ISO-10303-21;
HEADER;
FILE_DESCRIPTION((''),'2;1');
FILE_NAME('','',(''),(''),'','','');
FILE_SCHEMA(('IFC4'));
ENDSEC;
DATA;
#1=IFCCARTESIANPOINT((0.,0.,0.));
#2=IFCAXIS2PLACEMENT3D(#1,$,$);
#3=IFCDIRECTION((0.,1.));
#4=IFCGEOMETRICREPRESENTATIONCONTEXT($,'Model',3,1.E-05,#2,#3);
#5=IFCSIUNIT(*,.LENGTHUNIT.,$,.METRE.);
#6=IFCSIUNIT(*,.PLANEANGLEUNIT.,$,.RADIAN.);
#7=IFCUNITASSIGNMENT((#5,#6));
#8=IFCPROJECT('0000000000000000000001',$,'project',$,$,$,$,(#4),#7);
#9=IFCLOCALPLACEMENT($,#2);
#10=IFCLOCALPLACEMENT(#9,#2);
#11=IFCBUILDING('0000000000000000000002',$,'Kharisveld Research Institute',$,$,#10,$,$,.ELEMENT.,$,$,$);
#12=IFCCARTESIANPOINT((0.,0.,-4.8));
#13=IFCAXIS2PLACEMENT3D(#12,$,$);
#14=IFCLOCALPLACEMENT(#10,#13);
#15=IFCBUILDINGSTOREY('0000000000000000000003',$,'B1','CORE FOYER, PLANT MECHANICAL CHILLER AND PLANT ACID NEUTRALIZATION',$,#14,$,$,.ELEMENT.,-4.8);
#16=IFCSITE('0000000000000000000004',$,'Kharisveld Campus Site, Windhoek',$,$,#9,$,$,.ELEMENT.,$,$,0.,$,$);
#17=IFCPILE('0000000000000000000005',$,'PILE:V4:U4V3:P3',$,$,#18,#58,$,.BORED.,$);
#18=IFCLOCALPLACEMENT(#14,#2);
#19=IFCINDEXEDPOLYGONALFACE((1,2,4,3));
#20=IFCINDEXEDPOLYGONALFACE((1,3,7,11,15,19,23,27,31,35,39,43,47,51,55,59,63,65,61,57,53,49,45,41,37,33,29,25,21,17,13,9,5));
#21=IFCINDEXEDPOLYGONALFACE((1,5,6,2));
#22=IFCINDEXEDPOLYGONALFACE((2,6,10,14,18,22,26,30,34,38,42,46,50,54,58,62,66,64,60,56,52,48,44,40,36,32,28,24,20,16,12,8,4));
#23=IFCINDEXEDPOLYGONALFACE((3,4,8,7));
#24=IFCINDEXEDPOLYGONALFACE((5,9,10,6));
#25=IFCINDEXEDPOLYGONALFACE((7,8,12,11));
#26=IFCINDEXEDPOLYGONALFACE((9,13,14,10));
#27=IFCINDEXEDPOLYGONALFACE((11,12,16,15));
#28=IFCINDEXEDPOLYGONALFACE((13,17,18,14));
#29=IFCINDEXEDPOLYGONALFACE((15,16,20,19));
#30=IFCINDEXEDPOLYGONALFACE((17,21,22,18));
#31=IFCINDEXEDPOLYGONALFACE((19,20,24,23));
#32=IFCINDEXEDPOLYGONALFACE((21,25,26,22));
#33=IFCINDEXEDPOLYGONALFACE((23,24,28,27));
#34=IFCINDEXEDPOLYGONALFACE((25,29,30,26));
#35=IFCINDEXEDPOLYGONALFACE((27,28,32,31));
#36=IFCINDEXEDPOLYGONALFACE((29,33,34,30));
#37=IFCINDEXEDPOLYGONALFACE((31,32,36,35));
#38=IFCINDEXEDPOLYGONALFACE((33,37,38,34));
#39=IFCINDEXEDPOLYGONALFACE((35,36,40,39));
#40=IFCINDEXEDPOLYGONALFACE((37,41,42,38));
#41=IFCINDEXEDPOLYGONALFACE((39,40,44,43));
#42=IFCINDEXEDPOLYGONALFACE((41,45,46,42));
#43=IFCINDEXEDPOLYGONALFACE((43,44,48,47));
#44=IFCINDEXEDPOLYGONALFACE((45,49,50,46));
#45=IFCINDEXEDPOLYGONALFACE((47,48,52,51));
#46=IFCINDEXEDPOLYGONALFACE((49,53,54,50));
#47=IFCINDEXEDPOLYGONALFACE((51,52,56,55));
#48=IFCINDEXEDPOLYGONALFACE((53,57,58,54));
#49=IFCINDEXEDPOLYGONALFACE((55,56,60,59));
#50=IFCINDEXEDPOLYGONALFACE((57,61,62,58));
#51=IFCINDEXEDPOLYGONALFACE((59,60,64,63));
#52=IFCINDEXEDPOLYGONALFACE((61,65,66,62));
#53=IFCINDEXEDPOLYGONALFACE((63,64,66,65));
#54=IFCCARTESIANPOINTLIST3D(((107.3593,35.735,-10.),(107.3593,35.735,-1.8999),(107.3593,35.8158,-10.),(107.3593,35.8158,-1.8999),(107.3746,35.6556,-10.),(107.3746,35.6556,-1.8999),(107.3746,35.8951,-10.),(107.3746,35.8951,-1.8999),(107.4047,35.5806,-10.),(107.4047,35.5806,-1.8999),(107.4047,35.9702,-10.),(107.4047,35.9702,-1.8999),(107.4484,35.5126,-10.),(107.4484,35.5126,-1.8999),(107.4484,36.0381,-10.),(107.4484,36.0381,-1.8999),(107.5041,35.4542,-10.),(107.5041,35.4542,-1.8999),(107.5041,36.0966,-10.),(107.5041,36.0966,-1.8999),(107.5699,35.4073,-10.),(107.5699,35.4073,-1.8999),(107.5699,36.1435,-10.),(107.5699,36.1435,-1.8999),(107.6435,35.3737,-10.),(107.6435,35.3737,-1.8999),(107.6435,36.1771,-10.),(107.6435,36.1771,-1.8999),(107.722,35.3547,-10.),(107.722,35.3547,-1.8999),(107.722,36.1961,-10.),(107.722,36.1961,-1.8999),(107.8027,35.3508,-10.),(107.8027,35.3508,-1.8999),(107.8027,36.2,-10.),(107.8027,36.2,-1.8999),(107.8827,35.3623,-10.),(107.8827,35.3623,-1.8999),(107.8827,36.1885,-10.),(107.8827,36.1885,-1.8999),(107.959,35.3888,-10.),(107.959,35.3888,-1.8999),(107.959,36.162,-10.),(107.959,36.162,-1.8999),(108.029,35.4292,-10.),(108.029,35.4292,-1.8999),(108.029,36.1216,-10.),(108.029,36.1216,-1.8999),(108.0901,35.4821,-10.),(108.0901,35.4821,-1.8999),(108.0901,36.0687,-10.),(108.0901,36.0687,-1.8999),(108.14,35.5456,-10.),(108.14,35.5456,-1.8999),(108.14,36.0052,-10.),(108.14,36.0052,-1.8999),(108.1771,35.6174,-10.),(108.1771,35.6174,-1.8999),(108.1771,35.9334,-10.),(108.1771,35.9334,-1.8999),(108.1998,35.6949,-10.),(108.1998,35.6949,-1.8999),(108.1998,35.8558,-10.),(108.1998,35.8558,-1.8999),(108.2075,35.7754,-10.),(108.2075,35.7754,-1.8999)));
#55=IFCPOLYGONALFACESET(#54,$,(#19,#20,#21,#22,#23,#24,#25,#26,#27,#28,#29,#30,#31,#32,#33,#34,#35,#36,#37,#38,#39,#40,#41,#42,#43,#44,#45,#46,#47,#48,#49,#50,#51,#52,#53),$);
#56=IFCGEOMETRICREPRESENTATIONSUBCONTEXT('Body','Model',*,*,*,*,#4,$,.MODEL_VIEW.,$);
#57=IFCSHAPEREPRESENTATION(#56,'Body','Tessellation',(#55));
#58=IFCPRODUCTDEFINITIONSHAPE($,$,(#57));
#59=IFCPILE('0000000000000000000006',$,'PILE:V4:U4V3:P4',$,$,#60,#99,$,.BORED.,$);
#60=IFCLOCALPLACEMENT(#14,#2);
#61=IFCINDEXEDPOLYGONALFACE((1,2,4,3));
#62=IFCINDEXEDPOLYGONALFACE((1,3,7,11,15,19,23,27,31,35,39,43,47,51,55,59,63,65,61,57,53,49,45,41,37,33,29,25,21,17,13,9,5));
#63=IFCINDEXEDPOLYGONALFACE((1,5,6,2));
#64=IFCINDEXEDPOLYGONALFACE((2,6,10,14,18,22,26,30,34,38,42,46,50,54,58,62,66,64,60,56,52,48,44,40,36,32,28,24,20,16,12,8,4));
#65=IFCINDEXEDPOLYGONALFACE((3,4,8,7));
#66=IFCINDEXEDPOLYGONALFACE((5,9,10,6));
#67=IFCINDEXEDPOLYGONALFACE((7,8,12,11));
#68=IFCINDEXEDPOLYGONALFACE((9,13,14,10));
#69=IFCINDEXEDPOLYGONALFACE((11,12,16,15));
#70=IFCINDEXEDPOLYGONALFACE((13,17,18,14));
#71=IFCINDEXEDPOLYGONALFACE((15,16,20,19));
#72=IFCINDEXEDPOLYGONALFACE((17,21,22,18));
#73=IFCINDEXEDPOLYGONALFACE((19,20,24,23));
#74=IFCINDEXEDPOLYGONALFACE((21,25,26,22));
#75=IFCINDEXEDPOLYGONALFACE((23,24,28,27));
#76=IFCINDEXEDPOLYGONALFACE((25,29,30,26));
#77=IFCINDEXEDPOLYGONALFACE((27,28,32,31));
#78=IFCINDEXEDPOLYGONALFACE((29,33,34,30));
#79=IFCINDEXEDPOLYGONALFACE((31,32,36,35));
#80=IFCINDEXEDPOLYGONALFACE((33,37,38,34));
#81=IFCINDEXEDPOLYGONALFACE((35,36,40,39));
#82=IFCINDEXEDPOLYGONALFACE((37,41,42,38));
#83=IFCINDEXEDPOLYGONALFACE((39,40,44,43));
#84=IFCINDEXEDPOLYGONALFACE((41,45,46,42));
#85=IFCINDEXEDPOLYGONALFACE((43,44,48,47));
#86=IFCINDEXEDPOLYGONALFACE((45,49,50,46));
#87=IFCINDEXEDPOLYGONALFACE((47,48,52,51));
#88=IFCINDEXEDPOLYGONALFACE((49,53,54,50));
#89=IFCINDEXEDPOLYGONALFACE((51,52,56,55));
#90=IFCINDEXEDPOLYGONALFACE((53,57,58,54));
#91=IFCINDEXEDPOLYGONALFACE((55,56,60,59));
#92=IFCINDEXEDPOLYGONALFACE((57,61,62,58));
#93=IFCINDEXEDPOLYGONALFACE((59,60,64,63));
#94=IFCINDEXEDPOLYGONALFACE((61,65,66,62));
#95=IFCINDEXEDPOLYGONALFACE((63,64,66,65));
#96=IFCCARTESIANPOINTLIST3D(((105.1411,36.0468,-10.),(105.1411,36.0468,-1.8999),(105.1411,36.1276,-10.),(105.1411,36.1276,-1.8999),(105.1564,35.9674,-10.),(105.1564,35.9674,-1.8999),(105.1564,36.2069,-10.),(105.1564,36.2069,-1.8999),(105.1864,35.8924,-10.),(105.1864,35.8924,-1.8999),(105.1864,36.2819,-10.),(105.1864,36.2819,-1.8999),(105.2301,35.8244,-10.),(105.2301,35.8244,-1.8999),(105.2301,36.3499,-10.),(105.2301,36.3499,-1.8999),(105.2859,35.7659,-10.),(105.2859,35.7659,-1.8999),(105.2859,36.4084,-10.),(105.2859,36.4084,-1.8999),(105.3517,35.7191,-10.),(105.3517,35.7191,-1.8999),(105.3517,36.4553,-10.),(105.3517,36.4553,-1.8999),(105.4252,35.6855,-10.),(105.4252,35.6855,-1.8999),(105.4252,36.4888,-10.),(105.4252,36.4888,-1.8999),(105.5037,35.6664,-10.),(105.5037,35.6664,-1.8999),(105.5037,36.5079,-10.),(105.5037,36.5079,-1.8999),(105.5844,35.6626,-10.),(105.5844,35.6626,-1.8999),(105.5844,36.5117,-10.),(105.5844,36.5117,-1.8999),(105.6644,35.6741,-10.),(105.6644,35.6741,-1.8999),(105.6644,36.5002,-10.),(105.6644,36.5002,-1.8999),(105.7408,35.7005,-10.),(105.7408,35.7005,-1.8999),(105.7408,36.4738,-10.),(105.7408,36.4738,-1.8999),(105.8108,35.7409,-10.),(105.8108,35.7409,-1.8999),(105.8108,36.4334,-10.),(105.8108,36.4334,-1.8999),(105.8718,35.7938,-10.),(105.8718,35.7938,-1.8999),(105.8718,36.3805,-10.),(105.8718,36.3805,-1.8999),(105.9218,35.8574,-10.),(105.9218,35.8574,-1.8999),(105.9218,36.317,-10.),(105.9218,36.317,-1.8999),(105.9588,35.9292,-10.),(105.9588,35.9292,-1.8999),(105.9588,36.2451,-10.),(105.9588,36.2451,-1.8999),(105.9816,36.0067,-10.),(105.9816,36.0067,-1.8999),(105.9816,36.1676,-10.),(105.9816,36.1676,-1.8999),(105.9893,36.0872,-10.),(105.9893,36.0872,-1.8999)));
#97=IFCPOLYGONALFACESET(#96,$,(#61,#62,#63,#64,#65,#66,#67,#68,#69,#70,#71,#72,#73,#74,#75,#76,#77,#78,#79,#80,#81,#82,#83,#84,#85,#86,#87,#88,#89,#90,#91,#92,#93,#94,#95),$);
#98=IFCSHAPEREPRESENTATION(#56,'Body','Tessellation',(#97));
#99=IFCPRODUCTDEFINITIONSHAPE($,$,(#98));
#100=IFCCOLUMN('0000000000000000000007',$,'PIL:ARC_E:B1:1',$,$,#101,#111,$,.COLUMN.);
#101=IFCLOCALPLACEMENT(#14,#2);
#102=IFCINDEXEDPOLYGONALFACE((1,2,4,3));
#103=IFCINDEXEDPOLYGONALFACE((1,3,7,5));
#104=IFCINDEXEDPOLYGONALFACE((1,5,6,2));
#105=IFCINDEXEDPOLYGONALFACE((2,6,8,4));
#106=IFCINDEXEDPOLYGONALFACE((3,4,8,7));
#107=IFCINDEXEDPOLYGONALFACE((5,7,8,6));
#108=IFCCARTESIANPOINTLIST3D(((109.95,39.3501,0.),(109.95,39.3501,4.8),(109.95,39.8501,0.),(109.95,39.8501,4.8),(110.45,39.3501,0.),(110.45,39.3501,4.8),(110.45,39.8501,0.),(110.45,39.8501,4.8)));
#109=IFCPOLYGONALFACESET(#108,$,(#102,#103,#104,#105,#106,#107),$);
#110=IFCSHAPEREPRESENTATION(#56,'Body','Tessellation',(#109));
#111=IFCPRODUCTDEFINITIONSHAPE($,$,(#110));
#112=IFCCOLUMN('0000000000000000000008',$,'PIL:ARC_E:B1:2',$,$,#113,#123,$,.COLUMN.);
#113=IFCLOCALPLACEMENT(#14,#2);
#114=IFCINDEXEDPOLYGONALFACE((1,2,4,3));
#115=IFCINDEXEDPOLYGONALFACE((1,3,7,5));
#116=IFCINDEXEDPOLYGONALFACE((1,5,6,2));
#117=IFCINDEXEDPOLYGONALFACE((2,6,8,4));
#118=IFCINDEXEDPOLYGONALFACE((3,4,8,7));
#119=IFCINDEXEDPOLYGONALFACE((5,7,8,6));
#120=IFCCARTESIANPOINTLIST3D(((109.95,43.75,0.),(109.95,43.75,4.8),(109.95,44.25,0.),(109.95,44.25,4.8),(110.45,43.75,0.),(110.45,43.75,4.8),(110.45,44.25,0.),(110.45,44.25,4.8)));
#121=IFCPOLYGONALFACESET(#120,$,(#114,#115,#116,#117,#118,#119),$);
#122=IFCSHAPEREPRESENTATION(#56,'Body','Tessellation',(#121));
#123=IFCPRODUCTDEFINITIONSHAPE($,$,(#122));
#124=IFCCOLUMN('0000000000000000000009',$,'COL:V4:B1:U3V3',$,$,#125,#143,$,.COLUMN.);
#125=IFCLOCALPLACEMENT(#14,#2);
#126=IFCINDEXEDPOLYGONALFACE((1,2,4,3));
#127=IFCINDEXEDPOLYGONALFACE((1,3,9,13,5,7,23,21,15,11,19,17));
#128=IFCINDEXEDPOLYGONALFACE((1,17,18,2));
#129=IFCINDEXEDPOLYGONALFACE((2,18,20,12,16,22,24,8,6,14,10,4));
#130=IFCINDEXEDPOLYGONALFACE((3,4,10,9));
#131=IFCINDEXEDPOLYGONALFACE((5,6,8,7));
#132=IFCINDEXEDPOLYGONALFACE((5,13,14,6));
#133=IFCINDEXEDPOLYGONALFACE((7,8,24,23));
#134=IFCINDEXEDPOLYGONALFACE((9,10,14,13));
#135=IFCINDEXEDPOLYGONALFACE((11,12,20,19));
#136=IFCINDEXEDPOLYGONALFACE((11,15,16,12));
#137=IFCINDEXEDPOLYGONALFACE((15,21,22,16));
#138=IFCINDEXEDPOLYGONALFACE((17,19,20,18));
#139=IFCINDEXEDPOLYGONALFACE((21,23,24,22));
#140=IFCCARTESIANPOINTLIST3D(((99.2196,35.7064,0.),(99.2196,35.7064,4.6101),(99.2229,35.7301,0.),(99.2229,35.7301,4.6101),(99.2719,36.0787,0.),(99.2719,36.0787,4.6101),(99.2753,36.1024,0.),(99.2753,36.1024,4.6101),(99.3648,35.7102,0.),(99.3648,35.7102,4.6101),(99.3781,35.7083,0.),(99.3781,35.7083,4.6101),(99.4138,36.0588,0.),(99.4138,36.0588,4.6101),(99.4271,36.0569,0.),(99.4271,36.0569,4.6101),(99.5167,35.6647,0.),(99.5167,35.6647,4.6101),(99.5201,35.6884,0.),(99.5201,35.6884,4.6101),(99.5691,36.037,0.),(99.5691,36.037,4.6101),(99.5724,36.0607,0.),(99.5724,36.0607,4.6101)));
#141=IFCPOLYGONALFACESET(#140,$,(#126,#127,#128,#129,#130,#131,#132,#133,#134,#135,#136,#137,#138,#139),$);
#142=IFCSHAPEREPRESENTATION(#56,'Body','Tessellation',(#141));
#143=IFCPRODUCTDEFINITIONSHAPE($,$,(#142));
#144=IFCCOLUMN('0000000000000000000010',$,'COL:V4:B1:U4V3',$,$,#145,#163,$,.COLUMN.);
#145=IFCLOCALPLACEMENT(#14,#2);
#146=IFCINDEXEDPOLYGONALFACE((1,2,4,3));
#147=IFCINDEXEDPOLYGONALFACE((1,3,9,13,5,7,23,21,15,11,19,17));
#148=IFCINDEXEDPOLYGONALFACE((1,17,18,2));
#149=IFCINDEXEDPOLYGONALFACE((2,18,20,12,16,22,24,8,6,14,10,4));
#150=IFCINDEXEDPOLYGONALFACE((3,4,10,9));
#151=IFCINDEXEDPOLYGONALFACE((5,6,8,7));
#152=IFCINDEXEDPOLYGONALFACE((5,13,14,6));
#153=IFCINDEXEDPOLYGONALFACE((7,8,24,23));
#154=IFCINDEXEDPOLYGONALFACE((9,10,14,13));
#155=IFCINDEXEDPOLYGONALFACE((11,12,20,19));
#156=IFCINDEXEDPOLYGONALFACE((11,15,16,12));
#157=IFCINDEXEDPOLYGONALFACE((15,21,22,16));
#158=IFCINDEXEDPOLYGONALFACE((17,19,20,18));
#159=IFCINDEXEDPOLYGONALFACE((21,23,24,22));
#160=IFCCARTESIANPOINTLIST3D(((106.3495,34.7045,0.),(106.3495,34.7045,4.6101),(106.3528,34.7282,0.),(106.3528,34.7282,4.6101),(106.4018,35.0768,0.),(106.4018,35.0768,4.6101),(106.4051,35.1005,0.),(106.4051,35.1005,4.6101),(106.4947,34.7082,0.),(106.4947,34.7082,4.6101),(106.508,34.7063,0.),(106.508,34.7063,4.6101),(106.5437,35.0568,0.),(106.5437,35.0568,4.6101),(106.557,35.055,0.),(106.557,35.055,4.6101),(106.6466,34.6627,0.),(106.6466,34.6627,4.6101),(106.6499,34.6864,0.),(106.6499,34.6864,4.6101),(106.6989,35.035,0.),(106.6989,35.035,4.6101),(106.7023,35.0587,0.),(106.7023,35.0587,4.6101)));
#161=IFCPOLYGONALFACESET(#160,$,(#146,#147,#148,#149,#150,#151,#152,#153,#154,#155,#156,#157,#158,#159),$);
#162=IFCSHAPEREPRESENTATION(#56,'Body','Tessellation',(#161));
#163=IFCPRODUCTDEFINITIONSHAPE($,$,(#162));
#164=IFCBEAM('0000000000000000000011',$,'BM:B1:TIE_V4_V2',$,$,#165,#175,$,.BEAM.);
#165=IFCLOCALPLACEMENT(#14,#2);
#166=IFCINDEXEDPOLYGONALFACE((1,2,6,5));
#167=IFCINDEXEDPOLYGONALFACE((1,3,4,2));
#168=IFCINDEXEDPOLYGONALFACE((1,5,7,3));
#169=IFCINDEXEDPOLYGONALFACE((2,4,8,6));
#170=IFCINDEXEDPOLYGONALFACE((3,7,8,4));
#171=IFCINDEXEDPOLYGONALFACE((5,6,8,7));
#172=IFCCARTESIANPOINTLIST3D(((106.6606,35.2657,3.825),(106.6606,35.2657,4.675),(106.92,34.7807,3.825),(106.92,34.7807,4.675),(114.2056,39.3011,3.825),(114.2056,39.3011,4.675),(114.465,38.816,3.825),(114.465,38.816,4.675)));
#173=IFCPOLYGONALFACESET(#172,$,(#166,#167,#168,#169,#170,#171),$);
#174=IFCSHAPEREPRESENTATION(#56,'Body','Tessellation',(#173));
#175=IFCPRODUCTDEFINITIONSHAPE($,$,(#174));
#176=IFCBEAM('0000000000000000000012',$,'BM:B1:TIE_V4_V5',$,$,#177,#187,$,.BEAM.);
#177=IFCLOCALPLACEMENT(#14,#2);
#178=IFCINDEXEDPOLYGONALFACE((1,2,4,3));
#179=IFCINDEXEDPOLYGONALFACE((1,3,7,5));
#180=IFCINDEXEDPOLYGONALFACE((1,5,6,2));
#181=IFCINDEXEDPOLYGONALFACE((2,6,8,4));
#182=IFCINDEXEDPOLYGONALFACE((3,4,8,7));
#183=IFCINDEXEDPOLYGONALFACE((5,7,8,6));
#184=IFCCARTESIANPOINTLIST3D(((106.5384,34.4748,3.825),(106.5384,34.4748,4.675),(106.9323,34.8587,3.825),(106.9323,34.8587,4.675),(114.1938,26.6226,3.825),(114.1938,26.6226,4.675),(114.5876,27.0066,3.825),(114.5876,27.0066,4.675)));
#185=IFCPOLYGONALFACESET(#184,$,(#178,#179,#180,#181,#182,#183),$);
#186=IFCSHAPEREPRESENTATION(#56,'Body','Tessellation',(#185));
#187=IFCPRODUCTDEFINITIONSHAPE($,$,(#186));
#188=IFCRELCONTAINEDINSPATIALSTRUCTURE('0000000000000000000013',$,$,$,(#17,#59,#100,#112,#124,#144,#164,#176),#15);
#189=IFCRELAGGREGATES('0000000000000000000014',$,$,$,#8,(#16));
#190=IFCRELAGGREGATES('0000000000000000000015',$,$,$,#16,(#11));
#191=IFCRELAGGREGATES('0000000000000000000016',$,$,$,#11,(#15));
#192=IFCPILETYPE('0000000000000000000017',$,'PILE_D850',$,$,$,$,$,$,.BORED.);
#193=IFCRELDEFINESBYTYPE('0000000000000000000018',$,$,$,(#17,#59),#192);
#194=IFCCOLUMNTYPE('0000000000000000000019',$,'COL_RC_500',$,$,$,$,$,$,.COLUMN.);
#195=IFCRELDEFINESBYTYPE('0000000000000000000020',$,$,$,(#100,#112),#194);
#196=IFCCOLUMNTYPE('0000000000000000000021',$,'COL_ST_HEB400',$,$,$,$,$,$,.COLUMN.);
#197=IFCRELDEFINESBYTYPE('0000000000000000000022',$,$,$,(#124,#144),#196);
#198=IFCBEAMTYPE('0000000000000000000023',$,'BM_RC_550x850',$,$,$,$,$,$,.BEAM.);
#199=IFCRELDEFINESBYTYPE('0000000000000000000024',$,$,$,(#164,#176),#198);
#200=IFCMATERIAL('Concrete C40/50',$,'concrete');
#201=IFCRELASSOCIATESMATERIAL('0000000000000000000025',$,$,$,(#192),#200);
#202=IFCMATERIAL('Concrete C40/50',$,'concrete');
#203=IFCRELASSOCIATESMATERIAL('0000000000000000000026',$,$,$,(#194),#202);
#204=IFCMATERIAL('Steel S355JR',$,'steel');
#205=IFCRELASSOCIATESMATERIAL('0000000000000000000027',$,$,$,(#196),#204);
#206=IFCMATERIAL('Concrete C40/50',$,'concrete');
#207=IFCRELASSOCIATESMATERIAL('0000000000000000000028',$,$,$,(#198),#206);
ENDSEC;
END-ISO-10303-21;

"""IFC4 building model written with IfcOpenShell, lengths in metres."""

from ifc_helpers import new_model, si_unit, direction, frame, origin, origin_2d, place, context, subcontext, project, spatial, rectangle, circle, i_section, extrude, material, material_profile, profile_set, type_object, element, save


model = new_model("IFC4")

# Units and contexts
model_context = context("Model", 3, precision=1e-05, world=origin(), true_north=direction((0.0, 1.0)))
body_context = subcontext(model_context, "Body", "Model", "MODEL_VIEW")
ifc_project = project(units=[si_unit("LENGTHUNIT", "METRE"), si_unit("PLANEANGLEUNIT", "RADIAN")], contexts=[model_context])

# Site, building, storey
site_placement = place(None, origin())
site = spatial("IfcSite", under=ifc_project, at=site_placement, Name="Kharisveld Campus Site, Windhoek", CompositionType="ELEMENT", RefElevation=0.0)
building_placement = place(site_placement, origin())
building = spatial("IfcBuilding", under=site, at=building_placement, Name="Kharisveld Research Institute", CompositionType="ELEMENT")
storey_placement = place(building_placement, frame((0.0, 0.0, -4.8)))
storey = spatial("IfcBuildingStorey", under=building, at=storey_placement, Name="B1", Description="CORE FOYER, PLANT MECHANICAL CHILLER AND PLANT ACID NEUTRALIZATION", CompositionType="ELEMENT", Elevation=-4.8)

# Piles
ifc_material_1 = material(Name="Concrete C40/50", Category="concrete")
ifc_material_profile_1 = material_profile(ifc_material_1, circle(Radius=0.425, at=origin_2d()))
ifc_profile_set_1 = profile_set([ifc_material_profile_1], Name="Concrete C40/50")
pile_type_1 = type_object("IfcPileType", Name="PILE_D850", PredefinedType="BORED", material=ifc_profile_set_1)
for number, where, z_axis, x_axis, name in (
    (1, (107.7825, 35.7754, -1.8999), (0.0, 0.0, -1.0), (1.0, 0.0, 0.0), "PILE:V4:U4V3:P3"),
    (2, (105.5642, 36.0872, -1.8999), (0.0, 0.0, -1.0), (1.0, 0.0, 0.0), "PILE:V4:U4V3:P4"),
):
    element("IfcPile", number, at=place(storey_placement, frame(where, z_axis=z_axis, x_axis=x_axis)), inside=storey, type_object=pile_type_1, Name=name, PredefinedType="BORED", context=body_context, shape_type="SweptSolid", body=[
        extrude(circle(Radius=0.425, at=origin_2d()), origin(), (0.0, 0.0, 1.0), 8.1001),
    ])

# Columns
ifc_material_2 = material(Name="Concrete C40/50", Category="concrete")
ifc_material_profile_2 = material_profile(ifc_material_2, rectangle(XDim=0.5, YDim=0.5, at=origin_2d()))
ifc_profile_set_2 = profile_set([ifc_material_profile_2], Name="Concrete C40/50")
column_type_1 = type_object("IfcColumnType", Name="COL_RC_500", PredefinedType="COLUMN", material=ifc_profile_set_2)
for number, where, z_axis, x_axis, name in (
    (3, (110.2, 39.6001, 0.0), (0.0, 0.0, 1.0), (1.0, 0.0, 0.0), "PIL:ARC_E:B1:1"),
    (4, (110.2, 44.0, 0.0), (0.0, 0.0, 1.0), (1.0, 0.0, 0.0), "PIL:ARC_E:B1:2"),
):
    element("IfcColumn", number, at=place(storey_placement, frame(where, z_axis=z_axis, x_axis=x_axis)), inside=storey, type_object=column_type_1, Name=name, PredefinedType="COLUMN", context=body_context, shape_type="SweptSolid", body=[
        extrude(rectangle(XDim=0.5, YDim=0.5, at=origin_2d()), origin(), (0.0, 0.0, 1.0), 4.8),
    ])
ifc_material_3 = material(Name="Steel S355JR", Category="steel")
ifc_material_profile_3 = material_profile(ifc_material_3, i_section(OverallWidth=0.3, OverallDepth=0.3999, WebThickness=0.0134, FlangeThickness=0.0239, at=origin_2d()))
ifc_profile_set_3 = profile_set([ifc_material_profile_3], Name="Steel S355JR")
column_type_2 = type_object("IfcColumnType", Name="COL_ST_HEB400", PredefinedType="COLUMN", material=ifc_profile_set_3)
for number, where, z_axis, x_axis, name in (
    (5, (99.396, 35.8835, 0.0), (0.0, 0.0, 1.0), (0.990268, -0.139173, 0.0), "COL:V4:B1:U3V3"),
    (6, (106.5259, 34.8816, 0.0), (0.0, 0.0, 1.0), (0.990268, -0.139173, 0.0), "COL:V4:B1:U4V3"),
):
    element("IfcColumn", number, at=place(storey_placement, frame(where, z_axis=z_axis, x_axis=x_axis)), inside=storey, type_object=column_type_2, Name=name, PredefinedType="COLUMN", context=body_context, shape_type="SweptSolid", body=[
        extrude(i_section(OverallWidth=0.3, OverallDepth=0.3999, WebThickness=0.0134, FlangeThickness=0.0239, at=origin_2d()), origin(), (0.0, 0.0, 1.0), 4.6101),
    ])

# Beams
ifc_material_4 = material(Name="Concrete C40/50", Category="concrete")
ifc_material_profile_4 = material_profile(ifc_material_4, rectangle(XDim=0.55, YDim=0.8501, at=origin_2d()))
ifc_profile_set_4 = profile_set([ifc_material_profile_4], Name="Concrete C40/50")
beam_type_1 = type_object("IfcBeamType", Name="BM_RC_550x850", PredefinedType="BEAM", material=ifc_profile_set_4)
beam_1_placement = place(storey_placement, frame((106.7903, 35.0232, 4.25), z_axis=(0.881803, 0.471617, 0.0), x_axis=(-0.471617, 0.881803, 0.0)))
element("IfcBeam", 7, at=beam_1_placement, inside=storey, type_object=beam_type_1, Name="BM:B1:TIE_V4_V2", PredefinedType="BEAM", context=body_context, shape_type="SweptSolid", body=[
    extrude(rectangle(XDim=0.55, YDim=0.8501, at=origin_2d()), origin(), (0.0, 0.0, 1.0), 8.5564),
])
beam_2_placement = place(storey_placement, frame((106.7354, 34.6667, 4.25), z_axis=(0.698078, -0.716022, 0.0), x_axis=(0.716022, 0.698078, 0.0)))
element("IfcBeam", 8, at=beam_2_placement, inside=storey, type_object=beam_type_1, Name="BM:B1:TIE_V4_V5", PredefinedType="BEAM", context=body_context, shape_type="SweptSolid", body=[
    extrude(rectangle(XDim=0.55, YDim=0.8501, at=origin_2d()), origin(), (0.0, 0.0, 1.0), 10.9663),
])

save(model, "model.ifc")
